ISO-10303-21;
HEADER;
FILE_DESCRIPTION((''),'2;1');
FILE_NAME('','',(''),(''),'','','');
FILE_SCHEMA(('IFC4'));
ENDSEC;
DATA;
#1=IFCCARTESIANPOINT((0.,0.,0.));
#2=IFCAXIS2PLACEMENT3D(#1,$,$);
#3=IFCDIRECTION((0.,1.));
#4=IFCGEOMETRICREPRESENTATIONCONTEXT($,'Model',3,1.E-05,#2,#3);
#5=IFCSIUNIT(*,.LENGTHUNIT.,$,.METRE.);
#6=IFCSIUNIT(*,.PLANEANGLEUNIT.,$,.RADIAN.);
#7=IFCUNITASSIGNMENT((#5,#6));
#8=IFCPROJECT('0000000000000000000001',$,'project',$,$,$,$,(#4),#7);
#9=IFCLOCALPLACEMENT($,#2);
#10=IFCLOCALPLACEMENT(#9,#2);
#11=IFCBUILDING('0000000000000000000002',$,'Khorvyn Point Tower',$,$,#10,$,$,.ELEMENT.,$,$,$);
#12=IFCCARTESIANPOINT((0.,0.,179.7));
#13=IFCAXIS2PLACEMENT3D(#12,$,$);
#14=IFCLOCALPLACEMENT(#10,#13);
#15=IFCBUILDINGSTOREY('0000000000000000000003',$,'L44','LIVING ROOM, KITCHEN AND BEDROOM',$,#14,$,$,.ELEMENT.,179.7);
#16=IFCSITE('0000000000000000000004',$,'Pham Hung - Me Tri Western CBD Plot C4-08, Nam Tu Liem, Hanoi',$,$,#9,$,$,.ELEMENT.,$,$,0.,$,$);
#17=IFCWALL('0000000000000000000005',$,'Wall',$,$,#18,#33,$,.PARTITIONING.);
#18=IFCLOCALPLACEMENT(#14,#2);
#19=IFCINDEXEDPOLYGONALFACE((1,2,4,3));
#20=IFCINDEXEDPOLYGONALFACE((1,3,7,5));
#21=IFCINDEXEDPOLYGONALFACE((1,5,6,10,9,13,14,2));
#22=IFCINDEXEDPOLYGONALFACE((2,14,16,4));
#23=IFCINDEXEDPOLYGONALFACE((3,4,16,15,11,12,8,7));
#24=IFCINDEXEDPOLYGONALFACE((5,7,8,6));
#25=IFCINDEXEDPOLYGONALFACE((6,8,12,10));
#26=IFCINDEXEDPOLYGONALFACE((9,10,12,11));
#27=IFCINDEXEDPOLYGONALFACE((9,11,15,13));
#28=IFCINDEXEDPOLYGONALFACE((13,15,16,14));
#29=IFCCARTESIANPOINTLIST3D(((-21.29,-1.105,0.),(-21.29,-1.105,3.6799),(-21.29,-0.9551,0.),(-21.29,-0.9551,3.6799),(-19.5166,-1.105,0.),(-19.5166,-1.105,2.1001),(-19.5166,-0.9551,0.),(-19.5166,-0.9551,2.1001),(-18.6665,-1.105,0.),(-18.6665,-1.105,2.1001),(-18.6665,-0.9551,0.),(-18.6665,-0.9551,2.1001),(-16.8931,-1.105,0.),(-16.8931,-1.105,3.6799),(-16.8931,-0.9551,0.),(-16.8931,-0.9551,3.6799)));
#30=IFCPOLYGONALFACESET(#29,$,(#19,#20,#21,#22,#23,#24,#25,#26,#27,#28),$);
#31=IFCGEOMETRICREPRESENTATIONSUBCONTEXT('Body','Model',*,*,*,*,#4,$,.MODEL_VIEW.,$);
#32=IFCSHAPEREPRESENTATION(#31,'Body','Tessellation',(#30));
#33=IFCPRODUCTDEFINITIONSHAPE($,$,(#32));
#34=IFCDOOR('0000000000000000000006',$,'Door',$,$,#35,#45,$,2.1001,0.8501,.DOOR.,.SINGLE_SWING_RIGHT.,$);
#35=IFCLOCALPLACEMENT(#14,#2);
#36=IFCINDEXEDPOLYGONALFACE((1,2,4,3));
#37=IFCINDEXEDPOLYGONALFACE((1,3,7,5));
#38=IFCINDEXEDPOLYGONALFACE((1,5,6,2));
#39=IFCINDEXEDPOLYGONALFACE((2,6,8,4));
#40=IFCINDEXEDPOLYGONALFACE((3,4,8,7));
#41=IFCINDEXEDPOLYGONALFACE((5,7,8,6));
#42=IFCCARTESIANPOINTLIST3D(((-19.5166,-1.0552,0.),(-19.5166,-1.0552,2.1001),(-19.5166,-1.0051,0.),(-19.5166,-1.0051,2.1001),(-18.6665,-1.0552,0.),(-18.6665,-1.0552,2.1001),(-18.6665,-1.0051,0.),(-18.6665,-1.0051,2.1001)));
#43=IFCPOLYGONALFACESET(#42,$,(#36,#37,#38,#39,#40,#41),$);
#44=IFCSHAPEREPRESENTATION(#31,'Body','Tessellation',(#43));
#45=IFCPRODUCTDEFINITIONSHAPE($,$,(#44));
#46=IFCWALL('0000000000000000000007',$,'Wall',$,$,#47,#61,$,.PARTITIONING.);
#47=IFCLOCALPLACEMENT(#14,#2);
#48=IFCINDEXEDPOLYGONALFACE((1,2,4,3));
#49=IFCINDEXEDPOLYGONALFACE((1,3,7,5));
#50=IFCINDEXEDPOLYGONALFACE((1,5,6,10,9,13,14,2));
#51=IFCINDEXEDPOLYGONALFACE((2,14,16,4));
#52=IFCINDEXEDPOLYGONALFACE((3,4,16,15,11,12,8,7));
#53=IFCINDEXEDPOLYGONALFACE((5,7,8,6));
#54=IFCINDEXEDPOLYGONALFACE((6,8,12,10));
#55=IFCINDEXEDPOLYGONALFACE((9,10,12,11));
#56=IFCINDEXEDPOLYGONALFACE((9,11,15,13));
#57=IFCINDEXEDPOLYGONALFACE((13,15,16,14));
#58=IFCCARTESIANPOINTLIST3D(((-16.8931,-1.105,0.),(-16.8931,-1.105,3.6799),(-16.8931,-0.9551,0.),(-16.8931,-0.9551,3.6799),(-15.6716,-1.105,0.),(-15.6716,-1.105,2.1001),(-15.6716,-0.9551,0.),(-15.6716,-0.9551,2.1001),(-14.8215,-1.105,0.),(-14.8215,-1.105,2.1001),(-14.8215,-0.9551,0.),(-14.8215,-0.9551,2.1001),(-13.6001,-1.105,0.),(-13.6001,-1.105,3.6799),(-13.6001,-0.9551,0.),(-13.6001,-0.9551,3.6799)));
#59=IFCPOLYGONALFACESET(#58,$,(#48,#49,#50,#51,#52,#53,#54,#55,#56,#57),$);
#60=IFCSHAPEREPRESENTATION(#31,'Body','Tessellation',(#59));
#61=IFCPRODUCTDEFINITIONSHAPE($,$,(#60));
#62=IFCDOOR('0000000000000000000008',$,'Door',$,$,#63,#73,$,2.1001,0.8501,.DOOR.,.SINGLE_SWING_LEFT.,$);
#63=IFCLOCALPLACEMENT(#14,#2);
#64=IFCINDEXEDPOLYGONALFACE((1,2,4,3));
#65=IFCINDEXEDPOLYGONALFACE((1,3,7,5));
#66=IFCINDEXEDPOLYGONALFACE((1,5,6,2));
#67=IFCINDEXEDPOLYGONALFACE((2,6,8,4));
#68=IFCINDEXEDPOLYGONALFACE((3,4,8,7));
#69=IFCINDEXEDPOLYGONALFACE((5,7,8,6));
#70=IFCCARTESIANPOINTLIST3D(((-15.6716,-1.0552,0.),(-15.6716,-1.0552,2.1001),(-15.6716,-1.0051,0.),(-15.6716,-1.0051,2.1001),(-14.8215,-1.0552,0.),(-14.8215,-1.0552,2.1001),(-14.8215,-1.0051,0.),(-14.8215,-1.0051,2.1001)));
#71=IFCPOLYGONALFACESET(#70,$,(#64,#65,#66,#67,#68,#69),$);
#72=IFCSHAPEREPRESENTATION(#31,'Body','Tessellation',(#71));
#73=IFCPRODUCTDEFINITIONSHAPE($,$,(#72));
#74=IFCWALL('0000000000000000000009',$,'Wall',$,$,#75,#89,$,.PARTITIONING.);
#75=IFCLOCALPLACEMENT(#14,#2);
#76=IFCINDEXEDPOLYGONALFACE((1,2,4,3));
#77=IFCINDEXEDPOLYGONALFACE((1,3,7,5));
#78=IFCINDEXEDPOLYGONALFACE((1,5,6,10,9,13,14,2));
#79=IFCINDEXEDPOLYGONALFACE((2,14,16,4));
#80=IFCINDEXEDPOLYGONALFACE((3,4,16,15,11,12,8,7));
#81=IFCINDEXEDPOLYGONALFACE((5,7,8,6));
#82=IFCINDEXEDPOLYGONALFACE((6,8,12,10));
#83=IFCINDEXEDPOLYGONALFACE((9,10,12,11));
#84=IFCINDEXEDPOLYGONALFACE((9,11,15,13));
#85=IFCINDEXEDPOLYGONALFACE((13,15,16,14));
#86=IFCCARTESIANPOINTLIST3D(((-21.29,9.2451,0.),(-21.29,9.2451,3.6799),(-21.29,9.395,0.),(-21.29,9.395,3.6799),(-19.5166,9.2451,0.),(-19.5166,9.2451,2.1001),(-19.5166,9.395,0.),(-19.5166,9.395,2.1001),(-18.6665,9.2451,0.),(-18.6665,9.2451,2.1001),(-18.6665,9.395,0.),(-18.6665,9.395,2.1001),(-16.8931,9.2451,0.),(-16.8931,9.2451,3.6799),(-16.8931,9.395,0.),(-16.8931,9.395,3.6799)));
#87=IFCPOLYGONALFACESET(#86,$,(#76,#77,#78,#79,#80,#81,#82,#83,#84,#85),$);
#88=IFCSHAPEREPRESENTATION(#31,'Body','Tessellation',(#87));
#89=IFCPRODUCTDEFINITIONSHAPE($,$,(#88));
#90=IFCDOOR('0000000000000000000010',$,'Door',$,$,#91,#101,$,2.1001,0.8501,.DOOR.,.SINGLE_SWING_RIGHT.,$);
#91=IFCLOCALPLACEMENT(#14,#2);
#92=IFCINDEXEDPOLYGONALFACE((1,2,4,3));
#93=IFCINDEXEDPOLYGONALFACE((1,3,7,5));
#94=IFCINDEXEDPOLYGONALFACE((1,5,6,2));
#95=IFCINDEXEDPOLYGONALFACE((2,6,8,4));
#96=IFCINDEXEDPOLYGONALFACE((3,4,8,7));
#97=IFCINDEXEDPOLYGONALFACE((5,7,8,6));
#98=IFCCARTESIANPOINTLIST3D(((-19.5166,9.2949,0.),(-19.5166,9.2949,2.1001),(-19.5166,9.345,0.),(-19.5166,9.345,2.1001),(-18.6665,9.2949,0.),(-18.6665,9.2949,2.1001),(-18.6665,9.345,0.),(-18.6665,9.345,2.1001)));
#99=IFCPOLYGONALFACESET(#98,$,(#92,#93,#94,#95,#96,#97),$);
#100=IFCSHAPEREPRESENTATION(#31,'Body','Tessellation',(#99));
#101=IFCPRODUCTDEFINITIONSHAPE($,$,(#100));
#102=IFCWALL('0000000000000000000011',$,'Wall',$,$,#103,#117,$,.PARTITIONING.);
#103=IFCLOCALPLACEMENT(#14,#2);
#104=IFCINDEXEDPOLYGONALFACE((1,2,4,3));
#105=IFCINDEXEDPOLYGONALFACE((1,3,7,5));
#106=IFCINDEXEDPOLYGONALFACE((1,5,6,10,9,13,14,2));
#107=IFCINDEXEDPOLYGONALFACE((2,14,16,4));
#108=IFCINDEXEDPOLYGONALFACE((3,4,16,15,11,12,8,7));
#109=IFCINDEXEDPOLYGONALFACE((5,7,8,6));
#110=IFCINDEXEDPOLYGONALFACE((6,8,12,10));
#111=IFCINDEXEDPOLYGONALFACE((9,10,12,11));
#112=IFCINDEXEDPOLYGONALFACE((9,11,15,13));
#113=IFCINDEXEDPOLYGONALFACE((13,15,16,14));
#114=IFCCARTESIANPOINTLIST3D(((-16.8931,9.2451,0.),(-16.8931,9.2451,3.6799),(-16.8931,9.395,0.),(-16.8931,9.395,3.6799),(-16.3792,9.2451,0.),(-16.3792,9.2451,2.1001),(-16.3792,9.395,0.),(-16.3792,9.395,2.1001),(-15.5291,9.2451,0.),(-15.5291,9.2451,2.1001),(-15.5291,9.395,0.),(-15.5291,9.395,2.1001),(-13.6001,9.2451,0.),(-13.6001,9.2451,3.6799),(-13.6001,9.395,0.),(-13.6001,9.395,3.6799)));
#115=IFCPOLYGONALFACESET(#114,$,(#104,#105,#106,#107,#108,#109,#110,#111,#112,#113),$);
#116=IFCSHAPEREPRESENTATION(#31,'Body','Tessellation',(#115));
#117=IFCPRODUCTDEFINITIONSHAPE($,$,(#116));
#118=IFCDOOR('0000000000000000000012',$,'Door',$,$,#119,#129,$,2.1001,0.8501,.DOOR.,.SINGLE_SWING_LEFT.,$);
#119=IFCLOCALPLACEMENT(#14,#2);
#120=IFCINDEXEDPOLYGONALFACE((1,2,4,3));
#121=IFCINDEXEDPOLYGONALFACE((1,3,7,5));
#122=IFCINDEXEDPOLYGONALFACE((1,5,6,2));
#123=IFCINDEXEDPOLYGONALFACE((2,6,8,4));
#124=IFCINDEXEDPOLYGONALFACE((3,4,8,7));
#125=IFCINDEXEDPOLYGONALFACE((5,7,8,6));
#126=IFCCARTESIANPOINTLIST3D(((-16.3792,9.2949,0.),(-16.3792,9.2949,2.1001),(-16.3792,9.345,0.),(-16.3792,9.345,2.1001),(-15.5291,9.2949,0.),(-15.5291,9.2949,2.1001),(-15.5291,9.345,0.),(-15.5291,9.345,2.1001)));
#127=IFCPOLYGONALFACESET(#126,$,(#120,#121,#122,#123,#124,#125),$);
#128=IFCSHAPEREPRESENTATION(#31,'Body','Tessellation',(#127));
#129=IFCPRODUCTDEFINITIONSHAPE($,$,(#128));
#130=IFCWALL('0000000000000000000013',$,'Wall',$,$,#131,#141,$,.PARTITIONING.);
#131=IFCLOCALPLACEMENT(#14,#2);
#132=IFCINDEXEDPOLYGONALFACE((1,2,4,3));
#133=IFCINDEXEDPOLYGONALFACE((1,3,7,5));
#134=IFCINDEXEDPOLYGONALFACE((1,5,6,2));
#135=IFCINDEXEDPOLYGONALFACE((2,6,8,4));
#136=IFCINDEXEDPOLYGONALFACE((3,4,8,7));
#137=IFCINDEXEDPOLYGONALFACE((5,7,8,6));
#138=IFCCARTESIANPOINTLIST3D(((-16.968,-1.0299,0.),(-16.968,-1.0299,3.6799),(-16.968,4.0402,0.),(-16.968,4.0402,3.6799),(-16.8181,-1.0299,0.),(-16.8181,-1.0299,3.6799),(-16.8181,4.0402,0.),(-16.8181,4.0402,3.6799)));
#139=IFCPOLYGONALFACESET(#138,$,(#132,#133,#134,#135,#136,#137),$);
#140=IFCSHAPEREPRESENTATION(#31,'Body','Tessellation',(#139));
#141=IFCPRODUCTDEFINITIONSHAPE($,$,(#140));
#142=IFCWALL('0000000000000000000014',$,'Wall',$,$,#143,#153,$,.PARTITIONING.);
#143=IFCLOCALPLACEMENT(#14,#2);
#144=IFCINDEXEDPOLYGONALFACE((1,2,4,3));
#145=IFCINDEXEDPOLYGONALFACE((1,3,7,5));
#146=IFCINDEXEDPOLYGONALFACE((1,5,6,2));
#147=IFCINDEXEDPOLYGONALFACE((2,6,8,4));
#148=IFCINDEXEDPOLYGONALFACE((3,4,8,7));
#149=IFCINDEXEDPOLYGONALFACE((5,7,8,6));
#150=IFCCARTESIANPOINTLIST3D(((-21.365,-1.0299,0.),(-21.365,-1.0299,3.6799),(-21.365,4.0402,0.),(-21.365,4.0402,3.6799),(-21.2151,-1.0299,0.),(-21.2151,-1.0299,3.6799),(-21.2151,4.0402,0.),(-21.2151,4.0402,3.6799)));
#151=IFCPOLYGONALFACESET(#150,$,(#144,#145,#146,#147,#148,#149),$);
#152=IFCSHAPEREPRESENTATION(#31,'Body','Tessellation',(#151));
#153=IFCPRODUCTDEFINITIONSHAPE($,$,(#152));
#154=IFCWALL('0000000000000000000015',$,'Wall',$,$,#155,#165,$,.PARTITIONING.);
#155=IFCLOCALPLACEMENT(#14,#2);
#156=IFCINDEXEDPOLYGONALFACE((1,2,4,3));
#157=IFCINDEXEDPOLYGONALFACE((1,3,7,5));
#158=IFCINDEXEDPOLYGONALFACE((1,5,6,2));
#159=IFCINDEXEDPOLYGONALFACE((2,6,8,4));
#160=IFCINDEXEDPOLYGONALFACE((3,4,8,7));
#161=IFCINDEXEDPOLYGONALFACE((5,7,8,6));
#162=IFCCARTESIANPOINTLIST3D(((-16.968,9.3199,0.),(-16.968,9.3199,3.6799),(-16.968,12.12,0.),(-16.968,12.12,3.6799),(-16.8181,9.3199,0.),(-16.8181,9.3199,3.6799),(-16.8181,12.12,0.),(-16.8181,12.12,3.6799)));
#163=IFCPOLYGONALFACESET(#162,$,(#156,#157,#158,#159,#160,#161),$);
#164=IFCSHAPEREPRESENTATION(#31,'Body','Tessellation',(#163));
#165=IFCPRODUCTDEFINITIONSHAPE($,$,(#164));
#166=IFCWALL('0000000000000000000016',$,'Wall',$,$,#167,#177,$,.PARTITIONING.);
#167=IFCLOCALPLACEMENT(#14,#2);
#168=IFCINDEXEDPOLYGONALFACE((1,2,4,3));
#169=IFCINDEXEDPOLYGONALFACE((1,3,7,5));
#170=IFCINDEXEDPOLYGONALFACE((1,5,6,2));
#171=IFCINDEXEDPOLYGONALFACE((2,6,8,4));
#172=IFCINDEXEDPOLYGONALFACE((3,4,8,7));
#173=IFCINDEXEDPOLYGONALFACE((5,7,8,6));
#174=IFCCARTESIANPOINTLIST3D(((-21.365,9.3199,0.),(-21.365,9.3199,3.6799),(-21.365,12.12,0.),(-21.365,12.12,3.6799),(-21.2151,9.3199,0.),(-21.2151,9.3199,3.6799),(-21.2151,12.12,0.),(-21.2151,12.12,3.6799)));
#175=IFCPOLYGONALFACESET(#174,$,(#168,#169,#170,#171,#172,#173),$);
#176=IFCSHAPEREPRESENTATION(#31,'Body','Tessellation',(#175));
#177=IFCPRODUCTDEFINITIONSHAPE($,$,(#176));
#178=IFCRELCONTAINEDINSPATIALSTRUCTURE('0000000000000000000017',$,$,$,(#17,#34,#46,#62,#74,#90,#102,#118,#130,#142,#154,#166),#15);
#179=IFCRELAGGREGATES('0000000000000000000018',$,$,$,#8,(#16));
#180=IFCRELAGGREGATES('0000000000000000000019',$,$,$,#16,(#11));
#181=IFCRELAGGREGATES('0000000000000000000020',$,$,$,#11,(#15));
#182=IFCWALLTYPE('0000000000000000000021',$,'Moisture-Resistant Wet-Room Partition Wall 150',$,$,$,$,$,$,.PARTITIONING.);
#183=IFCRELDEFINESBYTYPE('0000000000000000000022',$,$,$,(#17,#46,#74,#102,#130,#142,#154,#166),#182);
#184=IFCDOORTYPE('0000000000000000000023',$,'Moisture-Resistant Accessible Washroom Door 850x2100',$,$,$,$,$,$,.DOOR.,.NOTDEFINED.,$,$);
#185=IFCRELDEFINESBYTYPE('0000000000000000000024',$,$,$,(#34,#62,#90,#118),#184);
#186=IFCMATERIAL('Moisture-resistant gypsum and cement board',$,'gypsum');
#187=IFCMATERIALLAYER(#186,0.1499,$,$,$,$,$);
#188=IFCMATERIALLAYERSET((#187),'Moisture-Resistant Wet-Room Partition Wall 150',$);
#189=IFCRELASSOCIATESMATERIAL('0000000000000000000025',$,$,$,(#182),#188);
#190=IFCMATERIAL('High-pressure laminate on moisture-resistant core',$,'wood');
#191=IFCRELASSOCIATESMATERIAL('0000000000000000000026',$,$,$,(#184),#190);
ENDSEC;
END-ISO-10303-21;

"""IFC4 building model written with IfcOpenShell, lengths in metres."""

from ifc_helpers import new_model, si_unit, direction, frame, frame_2d, origin, place, context, subcontext, project, spatial, rectangle, extrude, material, layer, layer_set, type_object, element, fill, save


model = new_model("IFC4")

# Units and contexts
model_context = context("Model", 3, precision=1e-05, world=origin(), true_north=direction((0.0, 1.0)))
body_context = subcontext(model_context, "Body", "Model", "MODEL_VIEW")
ifc_project = project(units=[si_unit("LENGTHUNIT", "METRE"), si_unit("PLANEANGLEUNIT", "RADIAN")], contexts=[model_context])

# Site, building, storey
site_placement = place(None, origin())
site = spatial("IfcSite", under=ifc_project, at=site_placement, Name="Pham Hung - Me Tri Western CBD Plot C4-08, Nam Tu Liem, Hanoi", CompositionType="ELEMENT", RefElevation=0.0)
building_placement = place(site_placement, origin())
building = spatial("IfcBuilding", under=site, at=building_placement, Name="Khorvyn Point Tower", CompositionType="ELEMENT")
storey_placement = place(building_placement, frame((0.0, 0.0, 179.7)))
storey = spatial("IfcBuildingStorey", under=building, at=storey_placement, Name="L44", Description="LIVING ROOM, KITCHEN AND BEDROOM", CompositionType="ELEMENT", Elevation=179.7)

# Walls, openings, doors
ifc_material_1 = material(Name="Moisture-resistant gypsum and cement board", Category="gypsum")
ifc_layer_1 = layer(ifc_material_1, 0.1499)
ifc_layer_set_1 = layer_set([ifc_layer_1], Name="Moisture-Resistant Wet-Room Partition Wall 150")
wall_type_1 = type_object("IfcWallType", Name="Moisture-Resistant Wet-Room Partition Wall 150", PredefinedType="PARTITIONING", material=ifc_layer_set_1)
wall_1_placement = place(storey_placement, frame((-21.29, -1.03, 0.0), z_axis=(0.0, 0.0, 1.0), x_axis=(1.0, 0.0, 0.0)))
wall_1 = element("IfcWall", 1, at=wall_1_placement, inside=storey, type_object=wall_type_1, Name="Wall", PredefinedType="PARTITIONING", context=body_context, shape_type="SweptSolid", body=[
    extrude(rectangle(XDim=4.397, YDim=0.1499, at=frame_2d((2.1985, 0.0))), origin(), (0.0, 0.0, 1.0), 3.6799),
])
opening_1_placement = place(wall_1_placement, frame((1.7734, 0.0, 0.0)))
opening_1 = element("IfcOpeningElement", 2, at=opening_1_placement, cuts=wall_1, PredefinedType="OPENING", context=body_context, shape_type="SweptSolid", body=[
    extrude(rectangle(XDim=0.8501, YDim=2.1001, at=frame_2d((0.425, 1.05))), frame((0.0, 0.085, 0.0), z_axis=(0.0, -1.0, 0.0), x_axis=(1.0, 0.0, 0.0)), (0.0, 0.0, 1.0), 0.1699),
])
ifc_material_2 = material(Name="High-pressure laminate on moisture-resistant core", Category="wood")
door_type_1 = type_object("IfcDoorType", Name="Moisture-Resistant Accessible Washroom Door 850x2100", OperationType="NOTDEFINED", PredefinedType="DOOR", material=ifc_material_2)
door_1_placement = place(opening_1_placement, origin())
door_1 = element("IfcDoor", 3, at=door_1_placement, inside=storey, type_object=door_type_1, Name="Door", OperationType="SINGLE_SWING_RIGHT", OverallHeight=2.1001, OverallWidth=0.8501, PredefinedType="DOOR", context=body_context, shape_type="SweptSolid", body=[
    extrude(rectangle(XDim=0.8501, YDim=2.1001, at=frame_2d((0.425, 1.05))), frame((0.0, 0.0249, 0.0), z_axis=(0.0, -1.0, 0.0), x_axis=(1.0, 0.0, 0.0)), (0.0, 0.0, 1.0), 0.05),
])
fill(opening_1, door_1)
wall_2_placement = place(storey_placement, frame((-16.8931, -1.03, 0.0), z_axis=(0.0, 0.0, 1.0), x_axis=(1.0, 0.0, 0.0)))
wall_2 = element("IfcWall", 4, at=wall_2_placement, inside=storey, type_object=wall_type_1, Name="Wall", PredefinedType="PARTITIONING", context=body_context, shape_type="SweptSolid", body=[
    extrude(rectangle(XDim=3.293, YDim=0.1499, at=frame_2d((1.6465, 0.0))), origin(), (0.0, 0.0, 1.0), 3.6799),
])
opening_2_placement = place(wall_2_placement, frame((1.2214, 0.0, 0.0)))
opening_2 = element("IfcOpeningElement", 5, at=opening_2_placement, cuts=wall_2, PredefinedType="OPENING", context=body_context, shape_type="SweptSolid", body=[
    extrude(rectangle(XDim=0.8501, YDim=2.1001, at=frame_2d((0.425, 1.05))), frame((0.0, 0.085, 0.0), z_axis=(0.0, -1.0, 0.0), x_axis=(1.0, 0.0, 0.0)), (0.0, 0.0, 1.0), 0.1699),
])
door_2_placement = place(opening_2_placement, origin())
door_2 = element("IfcDoor", 6, at=door_2_placement, inside=storey, type_object=door_type_1, Name="Door", OperationType="SINGLE_SWING_LEFT", OverallHeight=2.1001, OverallWidth=0.8501, PredefinedType="DOOR", context=body_context, shape_type="SweptSolid", body=[
    extrude(rectangle(XDim=0.8501, YDim=2.1001, at=frame_2d((0.425, 1.05))), frame((0.0, 0.0249, 0.0), z_axis=(0.0, -1.0, 0.0), x_axis=(1.0, 0.0, 0.0)), (0.0, 0.0, 1.0), 0.05),
])
fill(opening_2, door_2)
wall_3_placement = place(storey_placement, frame((-21.29, 9.3201, 0.0), z_axis=(0.0, 0.0, 1.0), x_axis=(1.0, 0.0, 0.0)))
wall_3 = element("IfcWall", 7, at=wall_3_placement, inside=storey, type_object=wall_type_1, Name="Wall", PredefinedType="PARTITIONING", context=body_context, shape_type="SweptSolid", body=[
    extrude(rectangle(XDim=4.397, YDim=0.1499, at=frame_2d((2.1985, 0.0))), origin(), (0.0, 0.0, 1.0), 3.6799),
])
opening_3_placement = place(wall_3_placement, frame((1.7734, 0.0, 0.0)))
opening_3 = element("IfcOpeningElement", 8, at=opening_3_placement, cuts=wall_3, PredefinedType="OPENING", context=body_context, shape_type="SweptSolid", body=[
    extrude(rectangle(XDim=0.8501, YDim=2.1001, at=frame_2d((0.425, 1.05))), frame((0.0, 0.085, 0.0), z_axis=(0.0, -1.0, 0.0), x_axis=(1.0, 0.0, 0.0)), (0.0, 0.0, 1.0), 0.1699),
])
door_3_placement = place(opening_3_placement, origin())
door_3 = element("IfcDoor", 9, at=door_3_placement, inside=storey, type_object=door_type_1, Name="Door", OperationType="SINGLE_SWING_RIGHT", OverallHeight=2.1001, OverallWidth=0.8501, PredefinedType="DOOR", context=body_context, shape_type="SweptSolid", body=[
    extrude(rectangle(XDim=0.8501, YDim=2.1001, at=frame_2d((0.425, 1.05))), frame((0.0, 0.0249, 0.0), z_axis=(0.0, -1.0, 0.0), x_axis=(1.0, 0.0, 0.0)), (0.0, 0.0, 1.0), 0.05),
])
fill(opening_3, door_3)
wall_4_placement = place(storey_placement, frame((-16.8931, 9.3201, 0.0), z_axis=(0.0, 0.0, 1.0), x_axis=(1.0, 0.0, 0.0)))
wall_4 = element("IfcWall", 10, at=wall_4_placement, inside=storey, type_object=wall_type_1, Name="Wall", PredefinedType="PARTITIONING", context=body_context, shape_type="SweptSolid", body=[
    extrude(rectangle(XDim=3.293, YDim=0.1499, at=frame_2d((1.6465, 0.0))), origin(), (0.0, 0.0, 1.0), 3.6799),
])
opening_4_placement = place(wall_4_placement, frame((0.5139, 0.0, 0.0)))
opening_4 = element("IfcOpeningElement", 11, at=opening_4_placement, cuts=wall_4, PredefinedType="OPENING", context=body_context, shape_type="SweptSolid", body=[
    extrude(rectangle(XDim=0.8501, YDim=2.1001, at=frame_2d((0.425, 1.05))), frame((0.0, 0.085, 0.0), z_axis=(0.0, -1.0, 0.0), x_axis=(1.0, 0.0, 0.0)), (0.0, 0.0, 1.0), 0.1699),
])
door_4_placement = place(opening_4_placement, origin())
door_4 = element("IfcDoor", 12, at=door_4_placement, inside=storey, type_object=door_type_1, Name="Door", OperationType="SINGLE_SWING_LEFT", OverallHeight=2.1001, OverallWidth=0.8501, PredefinedType="DOOR", context=body_context, shape_type="SweptSolid", body=[
    extrude(rectangle(XDim=0.8501, YDim=2.1001, at=frame_2d((0.425, 1.05))), frame((0.0, 0.0249, 0.0), z_axis=(0.0, -1.0, 0.0), x_axis=(1.0, 0.0, 0.0)), (0.0, 0.0, 1.0), 0.05),
])
fill(opening_4, door_4)

# Walls
for number, where, z_axis, x_axis, name in (
    (13, (-16.8931, -1.03, 0.0), (0.0, 0.0, 1.0), (0.0, 1.0, 0.0), "Wall"),
    (14, (-21.29, -1.03, 0.0), (0.0, 0.0, 1.0), (0.0, 1.0, 0.0), "Wall"),
):
    element("IfcWall", number, at=place(storey_placement, frame(where, z_axis=z_axis, x_axis=x_axis)), inside=storey, type_object=wall_type_1, Name=name, PredefinedType="PARTITIONING", context=body_context, shape_type="SweptSolid", body=[
        extrude(rectangle(XDim=5.0701, YDim=0.1499, at=frame_2d((2.5352, 0.0))), origin(), (0.0, 0.0, 1.0), 3.6799),
    ])
for number, where, z_axis, x_axis, name in (
    (15, (-16.8931, 9.3201, 0.0), (0.0, 0.0, 1.0), (0.0, 1.0, 0.0), "Wall"),
    (16, (-21.29, 9.3201, 0.0), (0.0, 0.0, 1.0), (0.0, 1.0, 0.0), "Wall"),
):
    element("IfcWall", number, at=place(storey_placement, frame(where, z_axis=z_axis, x_axis=x_axis)), inside=storey, type_object=wall_type_1, Name=name, PredefinedType="PARTITIONING", context=body_context, shape_type="SweptSolid", body=[
        extrude(rectangle(XDim=2.8, YDim=0.1499, at=frame_2d((1.3999, 0.0))), origin(), (0.0, 0.0, 1.0), 3.6799),
    ])

save(model, "model.ifc")
